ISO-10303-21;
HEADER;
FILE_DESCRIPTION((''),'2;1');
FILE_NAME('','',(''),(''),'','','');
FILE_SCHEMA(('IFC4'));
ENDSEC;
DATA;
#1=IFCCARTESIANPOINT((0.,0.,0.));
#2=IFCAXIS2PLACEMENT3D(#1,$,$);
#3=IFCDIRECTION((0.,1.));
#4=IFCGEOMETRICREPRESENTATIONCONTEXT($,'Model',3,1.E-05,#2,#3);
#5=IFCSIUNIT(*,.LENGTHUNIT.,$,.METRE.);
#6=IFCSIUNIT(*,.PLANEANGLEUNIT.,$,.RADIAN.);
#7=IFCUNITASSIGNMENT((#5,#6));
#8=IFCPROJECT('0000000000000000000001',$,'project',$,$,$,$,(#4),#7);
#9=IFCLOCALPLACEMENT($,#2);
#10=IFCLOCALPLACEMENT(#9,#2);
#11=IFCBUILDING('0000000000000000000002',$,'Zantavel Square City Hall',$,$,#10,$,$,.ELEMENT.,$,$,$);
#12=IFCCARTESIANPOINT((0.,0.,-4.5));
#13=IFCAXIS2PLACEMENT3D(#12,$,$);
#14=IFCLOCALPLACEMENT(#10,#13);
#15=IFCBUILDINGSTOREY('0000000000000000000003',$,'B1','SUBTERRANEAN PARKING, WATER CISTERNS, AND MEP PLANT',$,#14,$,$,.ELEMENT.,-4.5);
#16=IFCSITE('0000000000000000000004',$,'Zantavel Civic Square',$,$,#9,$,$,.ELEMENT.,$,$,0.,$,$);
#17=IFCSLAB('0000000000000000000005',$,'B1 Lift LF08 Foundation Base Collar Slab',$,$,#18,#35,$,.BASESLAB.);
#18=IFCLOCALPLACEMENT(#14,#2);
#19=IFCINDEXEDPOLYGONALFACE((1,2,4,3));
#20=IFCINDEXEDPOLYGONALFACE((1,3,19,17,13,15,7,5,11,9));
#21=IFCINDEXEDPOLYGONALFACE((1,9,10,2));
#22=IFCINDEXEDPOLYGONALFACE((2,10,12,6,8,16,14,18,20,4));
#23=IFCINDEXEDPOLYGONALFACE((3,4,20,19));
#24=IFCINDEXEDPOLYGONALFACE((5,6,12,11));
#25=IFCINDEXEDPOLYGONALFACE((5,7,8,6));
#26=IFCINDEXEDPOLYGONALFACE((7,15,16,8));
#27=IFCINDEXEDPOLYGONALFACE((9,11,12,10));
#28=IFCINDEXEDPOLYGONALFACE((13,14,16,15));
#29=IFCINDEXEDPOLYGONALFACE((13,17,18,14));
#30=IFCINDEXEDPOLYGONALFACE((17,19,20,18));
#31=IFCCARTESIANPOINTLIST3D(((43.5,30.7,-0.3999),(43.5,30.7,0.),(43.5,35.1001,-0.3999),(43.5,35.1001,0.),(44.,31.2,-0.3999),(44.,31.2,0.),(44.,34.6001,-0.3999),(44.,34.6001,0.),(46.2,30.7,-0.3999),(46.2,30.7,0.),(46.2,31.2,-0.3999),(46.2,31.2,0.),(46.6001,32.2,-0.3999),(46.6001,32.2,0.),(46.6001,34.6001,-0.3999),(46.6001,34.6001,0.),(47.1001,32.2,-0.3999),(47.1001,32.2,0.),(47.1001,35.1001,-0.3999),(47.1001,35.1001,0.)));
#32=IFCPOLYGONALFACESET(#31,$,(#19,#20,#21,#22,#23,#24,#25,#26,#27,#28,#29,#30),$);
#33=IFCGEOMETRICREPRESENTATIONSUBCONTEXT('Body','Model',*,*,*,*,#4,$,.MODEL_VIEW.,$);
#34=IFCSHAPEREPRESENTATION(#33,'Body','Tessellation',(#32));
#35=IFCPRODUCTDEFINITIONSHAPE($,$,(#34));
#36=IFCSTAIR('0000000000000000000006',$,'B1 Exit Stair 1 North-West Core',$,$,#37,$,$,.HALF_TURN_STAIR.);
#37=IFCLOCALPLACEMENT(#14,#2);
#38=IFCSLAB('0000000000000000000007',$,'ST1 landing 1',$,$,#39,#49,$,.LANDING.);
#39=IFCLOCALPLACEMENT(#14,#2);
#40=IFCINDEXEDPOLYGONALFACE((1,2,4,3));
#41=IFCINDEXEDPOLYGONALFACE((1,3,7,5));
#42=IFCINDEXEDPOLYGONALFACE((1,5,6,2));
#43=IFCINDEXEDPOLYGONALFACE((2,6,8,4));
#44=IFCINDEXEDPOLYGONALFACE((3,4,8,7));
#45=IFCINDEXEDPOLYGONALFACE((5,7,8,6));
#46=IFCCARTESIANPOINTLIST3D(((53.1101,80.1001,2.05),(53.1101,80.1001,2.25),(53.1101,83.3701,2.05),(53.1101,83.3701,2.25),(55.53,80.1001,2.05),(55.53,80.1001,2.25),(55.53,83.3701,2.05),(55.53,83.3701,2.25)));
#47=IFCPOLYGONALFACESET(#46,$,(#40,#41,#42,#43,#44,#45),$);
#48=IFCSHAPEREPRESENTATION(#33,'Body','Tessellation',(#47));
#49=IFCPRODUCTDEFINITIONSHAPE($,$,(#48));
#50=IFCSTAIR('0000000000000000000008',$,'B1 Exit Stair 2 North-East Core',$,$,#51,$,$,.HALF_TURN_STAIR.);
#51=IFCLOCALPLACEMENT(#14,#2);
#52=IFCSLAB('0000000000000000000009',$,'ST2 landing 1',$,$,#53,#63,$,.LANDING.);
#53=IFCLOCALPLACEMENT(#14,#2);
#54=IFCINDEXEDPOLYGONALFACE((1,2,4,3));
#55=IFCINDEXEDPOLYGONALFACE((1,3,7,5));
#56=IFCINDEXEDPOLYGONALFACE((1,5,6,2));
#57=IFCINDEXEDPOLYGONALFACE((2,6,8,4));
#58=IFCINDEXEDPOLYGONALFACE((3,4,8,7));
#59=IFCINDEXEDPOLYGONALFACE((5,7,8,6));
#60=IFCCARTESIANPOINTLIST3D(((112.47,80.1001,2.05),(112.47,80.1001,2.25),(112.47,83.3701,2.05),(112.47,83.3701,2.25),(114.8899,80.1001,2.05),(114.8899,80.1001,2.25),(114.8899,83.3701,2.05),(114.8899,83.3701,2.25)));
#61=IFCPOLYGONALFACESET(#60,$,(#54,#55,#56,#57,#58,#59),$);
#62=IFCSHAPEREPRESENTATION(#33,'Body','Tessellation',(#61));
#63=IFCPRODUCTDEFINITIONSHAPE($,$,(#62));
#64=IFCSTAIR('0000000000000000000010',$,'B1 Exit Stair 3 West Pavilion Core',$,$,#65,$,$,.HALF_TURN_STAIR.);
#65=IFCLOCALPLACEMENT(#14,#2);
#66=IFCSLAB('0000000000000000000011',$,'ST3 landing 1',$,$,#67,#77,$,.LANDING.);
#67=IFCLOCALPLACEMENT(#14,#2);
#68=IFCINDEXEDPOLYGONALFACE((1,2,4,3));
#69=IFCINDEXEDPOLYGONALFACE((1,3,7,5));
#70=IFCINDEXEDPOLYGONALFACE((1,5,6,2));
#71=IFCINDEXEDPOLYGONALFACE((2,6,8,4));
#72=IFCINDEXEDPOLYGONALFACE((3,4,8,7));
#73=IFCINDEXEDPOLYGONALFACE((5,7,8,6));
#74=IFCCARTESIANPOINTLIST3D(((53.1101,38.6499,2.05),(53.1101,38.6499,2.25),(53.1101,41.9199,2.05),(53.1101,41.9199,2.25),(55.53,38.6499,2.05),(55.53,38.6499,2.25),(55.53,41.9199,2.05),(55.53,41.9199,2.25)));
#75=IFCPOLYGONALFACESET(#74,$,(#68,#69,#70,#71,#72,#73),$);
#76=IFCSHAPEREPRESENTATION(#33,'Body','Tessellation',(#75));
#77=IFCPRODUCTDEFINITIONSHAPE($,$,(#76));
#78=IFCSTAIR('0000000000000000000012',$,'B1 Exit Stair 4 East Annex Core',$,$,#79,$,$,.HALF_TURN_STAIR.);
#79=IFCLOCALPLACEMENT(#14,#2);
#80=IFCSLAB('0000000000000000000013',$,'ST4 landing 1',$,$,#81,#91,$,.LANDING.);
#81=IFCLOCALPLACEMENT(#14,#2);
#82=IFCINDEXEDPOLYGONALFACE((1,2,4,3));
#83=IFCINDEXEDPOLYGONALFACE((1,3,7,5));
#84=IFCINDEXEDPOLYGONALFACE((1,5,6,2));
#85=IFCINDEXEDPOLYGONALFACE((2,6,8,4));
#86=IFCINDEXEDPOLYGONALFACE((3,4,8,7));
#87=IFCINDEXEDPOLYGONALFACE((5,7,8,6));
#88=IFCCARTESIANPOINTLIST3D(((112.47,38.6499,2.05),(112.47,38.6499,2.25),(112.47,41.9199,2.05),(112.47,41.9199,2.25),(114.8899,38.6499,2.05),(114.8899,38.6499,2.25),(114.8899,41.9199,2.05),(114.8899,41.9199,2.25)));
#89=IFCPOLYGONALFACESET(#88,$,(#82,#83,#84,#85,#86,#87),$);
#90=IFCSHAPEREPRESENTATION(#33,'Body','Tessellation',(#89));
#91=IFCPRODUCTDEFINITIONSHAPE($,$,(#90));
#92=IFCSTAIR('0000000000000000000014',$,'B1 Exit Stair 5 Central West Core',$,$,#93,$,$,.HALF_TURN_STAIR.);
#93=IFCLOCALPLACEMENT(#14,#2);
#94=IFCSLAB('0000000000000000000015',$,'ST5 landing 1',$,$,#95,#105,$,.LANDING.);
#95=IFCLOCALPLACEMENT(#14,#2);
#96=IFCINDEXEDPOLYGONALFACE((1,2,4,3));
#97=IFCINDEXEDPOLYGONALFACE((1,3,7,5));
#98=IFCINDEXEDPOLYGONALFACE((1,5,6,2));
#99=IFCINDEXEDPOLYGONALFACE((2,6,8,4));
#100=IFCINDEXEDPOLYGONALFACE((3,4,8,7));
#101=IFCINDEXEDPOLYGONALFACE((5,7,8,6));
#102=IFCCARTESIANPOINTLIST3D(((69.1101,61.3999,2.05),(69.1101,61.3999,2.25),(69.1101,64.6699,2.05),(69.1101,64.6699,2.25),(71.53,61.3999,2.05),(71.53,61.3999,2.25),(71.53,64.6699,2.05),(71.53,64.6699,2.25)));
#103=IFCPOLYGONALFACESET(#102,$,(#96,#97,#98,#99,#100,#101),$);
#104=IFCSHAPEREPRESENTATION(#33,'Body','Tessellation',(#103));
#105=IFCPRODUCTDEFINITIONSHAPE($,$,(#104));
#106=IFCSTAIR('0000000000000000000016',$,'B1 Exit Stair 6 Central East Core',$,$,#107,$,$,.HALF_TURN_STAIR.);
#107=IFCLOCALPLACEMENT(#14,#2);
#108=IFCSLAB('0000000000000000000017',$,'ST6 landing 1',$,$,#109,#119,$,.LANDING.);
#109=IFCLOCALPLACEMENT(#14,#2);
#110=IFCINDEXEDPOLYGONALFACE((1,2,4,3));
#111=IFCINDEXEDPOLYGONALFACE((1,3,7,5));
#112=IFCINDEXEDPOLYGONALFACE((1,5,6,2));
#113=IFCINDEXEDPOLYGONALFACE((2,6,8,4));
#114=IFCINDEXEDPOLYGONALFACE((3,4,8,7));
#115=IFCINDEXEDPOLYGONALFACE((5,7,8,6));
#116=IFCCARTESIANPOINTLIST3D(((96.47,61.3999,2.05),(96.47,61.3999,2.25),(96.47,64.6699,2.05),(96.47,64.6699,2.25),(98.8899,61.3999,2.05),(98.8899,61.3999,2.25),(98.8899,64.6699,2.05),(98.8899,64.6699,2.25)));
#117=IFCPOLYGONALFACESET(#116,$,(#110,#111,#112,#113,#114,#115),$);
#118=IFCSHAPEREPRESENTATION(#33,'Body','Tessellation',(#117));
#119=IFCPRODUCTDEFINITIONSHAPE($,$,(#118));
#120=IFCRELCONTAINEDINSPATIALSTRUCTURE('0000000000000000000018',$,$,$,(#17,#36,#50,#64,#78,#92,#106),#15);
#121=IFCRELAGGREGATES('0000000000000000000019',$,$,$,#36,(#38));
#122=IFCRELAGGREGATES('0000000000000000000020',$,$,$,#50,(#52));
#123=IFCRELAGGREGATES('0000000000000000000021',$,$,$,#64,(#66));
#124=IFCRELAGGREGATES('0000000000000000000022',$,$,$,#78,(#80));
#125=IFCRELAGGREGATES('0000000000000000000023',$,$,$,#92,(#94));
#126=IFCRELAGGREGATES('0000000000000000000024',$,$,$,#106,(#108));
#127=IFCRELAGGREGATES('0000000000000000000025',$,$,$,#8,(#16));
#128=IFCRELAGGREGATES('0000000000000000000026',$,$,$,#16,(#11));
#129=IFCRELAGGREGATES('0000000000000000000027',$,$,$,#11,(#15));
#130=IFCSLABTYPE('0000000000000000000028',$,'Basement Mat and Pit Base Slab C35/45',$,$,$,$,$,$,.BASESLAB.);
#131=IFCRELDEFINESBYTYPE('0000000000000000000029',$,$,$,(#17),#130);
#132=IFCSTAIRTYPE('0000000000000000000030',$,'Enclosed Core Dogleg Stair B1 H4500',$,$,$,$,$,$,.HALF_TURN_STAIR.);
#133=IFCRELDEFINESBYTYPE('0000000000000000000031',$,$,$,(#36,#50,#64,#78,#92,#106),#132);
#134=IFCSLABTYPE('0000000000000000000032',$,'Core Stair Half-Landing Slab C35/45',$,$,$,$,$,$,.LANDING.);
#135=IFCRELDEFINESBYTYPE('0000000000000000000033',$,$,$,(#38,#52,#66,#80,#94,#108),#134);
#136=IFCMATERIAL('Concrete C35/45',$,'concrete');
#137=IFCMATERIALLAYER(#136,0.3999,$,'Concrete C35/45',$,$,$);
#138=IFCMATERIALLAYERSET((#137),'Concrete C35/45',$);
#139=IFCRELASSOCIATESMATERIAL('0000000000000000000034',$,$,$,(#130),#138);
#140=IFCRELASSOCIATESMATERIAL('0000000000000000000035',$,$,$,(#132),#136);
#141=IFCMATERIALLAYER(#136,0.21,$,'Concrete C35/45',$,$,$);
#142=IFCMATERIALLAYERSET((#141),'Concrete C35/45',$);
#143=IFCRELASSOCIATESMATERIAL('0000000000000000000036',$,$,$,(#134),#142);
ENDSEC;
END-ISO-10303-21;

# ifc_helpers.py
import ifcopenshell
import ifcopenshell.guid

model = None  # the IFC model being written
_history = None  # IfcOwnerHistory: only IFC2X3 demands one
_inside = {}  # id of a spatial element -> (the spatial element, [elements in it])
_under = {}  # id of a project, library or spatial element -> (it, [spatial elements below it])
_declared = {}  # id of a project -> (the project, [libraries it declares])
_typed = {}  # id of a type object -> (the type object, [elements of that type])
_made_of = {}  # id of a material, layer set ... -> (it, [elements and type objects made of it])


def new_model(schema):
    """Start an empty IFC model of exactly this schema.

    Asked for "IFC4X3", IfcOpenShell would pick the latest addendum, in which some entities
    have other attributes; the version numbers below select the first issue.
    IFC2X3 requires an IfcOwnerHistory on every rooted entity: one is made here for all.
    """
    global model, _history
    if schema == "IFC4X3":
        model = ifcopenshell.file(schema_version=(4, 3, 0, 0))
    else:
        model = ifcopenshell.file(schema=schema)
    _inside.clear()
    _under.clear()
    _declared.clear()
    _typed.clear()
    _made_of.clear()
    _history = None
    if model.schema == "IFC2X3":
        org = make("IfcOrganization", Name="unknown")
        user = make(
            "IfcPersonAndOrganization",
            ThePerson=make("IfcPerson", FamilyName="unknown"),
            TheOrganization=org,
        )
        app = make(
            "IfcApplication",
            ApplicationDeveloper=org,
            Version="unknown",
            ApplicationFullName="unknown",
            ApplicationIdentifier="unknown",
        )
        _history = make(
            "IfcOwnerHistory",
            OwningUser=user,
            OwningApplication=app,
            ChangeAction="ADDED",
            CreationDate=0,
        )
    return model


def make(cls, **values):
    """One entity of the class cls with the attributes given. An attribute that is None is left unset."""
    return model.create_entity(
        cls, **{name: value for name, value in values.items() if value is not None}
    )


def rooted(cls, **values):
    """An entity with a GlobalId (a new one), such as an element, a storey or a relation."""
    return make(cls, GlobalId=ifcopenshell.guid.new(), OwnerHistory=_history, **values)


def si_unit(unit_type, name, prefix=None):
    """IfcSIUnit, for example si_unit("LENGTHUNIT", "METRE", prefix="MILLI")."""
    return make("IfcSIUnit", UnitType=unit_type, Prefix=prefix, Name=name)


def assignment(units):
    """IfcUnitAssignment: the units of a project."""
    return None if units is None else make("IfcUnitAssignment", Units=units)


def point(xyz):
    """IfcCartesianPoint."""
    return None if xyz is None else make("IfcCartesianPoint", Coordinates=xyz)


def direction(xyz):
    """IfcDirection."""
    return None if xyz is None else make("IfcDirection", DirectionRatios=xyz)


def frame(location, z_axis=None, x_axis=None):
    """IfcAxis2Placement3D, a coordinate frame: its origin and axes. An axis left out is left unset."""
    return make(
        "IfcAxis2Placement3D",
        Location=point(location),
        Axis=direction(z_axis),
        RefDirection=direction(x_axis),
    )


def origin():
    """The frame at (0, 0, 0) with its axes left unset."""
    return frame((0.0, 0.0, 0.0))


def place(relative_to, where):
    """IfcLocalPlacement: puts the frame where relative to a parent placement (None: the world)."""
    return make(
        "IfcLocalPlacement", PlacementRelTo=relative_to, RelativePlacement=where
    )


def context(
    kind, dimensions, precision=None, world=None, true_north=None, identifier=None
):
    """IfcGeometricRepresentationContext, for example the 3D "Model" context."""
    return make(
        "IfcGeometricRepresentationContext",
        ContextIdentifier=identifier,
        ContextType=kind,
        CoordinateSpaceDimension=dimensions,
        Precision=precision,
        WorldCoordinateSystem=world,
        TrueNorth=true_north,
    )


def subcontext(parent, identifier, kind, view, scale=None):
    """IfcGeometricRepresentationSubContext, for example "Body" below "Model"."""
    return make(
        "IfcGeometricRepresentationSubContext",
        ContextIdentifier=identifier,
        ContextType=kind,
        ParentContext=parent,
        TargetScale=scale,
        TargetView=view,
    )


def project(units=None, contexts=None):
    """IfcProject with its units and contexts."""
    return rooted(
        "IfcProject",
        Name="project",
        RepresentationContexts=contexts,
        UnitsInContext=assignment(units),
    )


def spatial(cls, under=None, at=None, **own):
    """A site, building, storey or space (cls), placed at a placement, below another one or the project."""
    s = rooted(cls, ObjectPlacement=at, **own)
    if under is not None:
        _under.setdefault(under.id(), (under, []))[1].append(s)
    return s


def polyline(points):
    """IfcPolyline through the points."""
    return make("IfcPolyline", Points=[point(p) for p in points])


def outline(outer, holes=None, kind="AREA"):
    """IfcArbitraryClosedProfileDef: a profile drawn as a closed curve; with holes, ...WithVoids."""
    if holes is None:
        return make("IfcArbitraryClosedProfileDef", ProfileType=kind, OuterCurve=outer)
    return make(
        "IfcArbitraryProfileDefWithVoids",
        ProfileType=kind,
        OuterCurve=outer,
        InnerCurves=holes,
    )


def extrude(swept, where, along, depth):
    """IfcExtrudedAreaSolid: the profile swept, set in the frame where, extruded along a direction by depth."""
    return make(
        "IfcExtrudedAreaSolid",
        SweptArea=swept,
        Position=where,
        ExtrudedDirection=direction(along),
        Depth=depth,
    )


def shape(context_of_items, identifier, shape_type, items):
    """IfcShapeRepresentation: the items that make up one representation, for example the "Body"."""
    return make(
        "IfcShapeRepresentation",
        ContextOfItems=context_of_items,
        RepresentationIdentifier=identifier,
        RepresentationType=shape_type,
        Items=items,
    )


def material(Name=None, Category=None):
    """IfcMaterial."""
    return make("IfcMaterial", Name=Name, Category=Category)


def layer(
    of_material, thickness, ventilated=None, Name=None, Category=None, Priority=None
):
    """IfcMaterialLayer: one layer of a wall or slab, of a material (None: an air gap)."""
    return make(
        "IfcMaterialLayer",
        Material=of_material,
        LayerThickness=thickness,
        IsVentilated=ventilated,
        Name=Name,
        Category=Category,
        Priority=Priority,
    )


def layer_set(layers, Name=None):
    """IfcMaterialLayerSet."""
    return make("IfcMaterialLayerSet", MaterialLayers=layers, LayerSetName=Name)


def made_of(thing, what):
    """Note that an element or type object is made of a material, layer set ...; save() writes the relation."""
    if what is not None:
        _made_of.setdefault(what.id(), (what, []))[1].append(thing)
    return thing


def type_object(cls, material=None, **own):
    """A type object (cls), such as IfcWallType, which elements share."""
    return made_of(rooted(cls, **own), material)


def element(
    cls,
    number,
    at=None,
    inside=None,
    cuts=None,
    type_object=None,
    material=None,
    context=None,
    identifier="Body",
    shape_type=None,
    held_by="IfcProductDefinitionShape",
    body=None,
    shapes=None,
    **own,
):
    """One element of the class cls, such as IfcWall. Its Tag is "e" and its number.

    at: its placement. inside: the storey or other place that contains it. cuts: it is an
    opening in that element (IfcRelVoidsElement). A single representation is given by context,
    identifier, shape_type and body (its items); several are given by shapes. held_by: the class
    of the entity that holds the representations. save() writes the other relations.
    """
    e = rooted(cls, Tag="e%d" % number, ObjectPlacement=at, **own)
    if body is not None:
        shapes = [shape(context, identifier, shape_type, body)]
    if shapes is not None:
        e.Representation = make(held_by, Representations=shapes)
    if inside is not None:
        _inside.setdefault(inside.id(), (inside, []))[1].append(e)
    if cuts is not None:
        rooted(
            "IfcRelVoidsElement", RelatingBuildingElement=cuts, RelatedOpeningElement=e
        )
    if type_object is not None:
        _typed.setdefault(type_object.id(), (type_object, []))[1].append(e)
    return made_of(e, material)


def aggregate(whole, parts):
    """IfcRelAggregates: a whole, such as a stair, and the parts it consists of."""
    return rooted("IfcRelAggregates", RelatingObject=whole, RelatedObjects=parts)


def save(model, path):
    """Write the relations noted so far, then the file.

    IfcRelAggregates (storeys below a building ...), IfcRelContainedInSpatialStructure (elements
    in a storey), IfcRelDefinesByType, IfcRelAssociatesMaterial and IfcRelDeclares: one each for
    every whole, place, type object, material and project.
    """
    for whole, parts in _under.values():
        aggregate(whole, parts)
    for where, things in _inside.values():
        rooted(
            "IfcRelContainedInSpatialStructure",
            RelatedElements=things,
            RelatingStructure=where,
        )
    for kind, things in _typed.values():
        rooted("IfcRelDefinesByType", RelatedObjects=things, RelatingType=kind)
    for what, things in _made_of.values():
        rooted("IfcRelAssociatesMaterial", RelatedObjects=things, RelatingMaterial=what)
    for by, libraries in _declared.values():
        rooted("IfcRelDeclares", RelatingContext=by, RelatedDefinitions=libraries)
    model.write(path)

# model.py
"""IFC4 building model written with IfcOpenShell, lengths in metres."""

from ifc_helpers import new_model, si_unit, direction, frame, origin, place, context, subcontext, project, spatial, polyline, outline, extrude, material, layer, layer_set, type_object, element, aggregate, save


model = new_model("IFC4")

# Units and contexts
model_context = context("Model", 3, precision=1e-05, world=origin(), true_north=direction((0.0, 1.0)))
body_context = subcontext(model_context, "Body", "Model", "MODEL_VIEW")
ifc_project = project(units=[si_unit("LENGTHUNIT", "METRE"), si_unit("PLANEANGLEUNIT", "RADIAN")], contexts=[model_context])

# Site, building, storey
site_placement = place(None, origin())
site = spatial("IfcSite", under=ifc_project, at=site_placement, Name="Zantavel Civic Square", CompositionType="ELEMENT", RefElevation=0.0)
building_placement = place(site_placement, origin())
building = spatial("IfcBuilding", under=site, at=building_placement, Name="Zantavel Square City Hall", CompositionType="ELEMENT")
storey_placement = place(building_placement, frame((0.0, 0.0, -4.5)))
storey = spatial("IfcBuildingStorey", under=building, at=storey_placement, Name="B1", Description="SUBTERRANEAN PARKING, WATER CISTERNS, AND MEP PLANT", CompositionType="ELEMENT", Elevation=-4.5)

# Shared definitions
ifc_material_1 = material(Name="Concrete C35/45", Category="concrete")

# Slab
ifc_layer_1 = layer(ifc_material_1, 0.3999, Name="Concrete C35/45")
ifc_layer_set_1 = layer_set([ifc_layer_1], Name="Concrete C35/45")
slab_type_1 = type_object("IfcSlabType", Name="Basement Mat and Pit Base Slab C35/45", PredefinedType="BASESLAB", material=ifc_layer_set_1)
slab_1_placement = place(storey_placement, frame((0.0, 0.0, -0.3999)))
element("IfcSlab", 1, at=slab_1_placement, inside=storey, type_object=slab_type_1, Name="B1 Lift LF08 Foundation Base Collar Slab", PredefinedType="BASESLAB", context=body_context, shape_type="SweptSolid", body=[
    extrude(outline(polyline([(47.1001, 35.1001), (47.1001, 32.2), (46.6001, 32.2), (46.6001, 34.6001), (44.0, 34.6001), (44.0, 31.2), (46.2, 31.2), (46.2, 30.7), (43.5, 30.7), (43.5, 35.1001), (47.1001, 35.1001)])), origin(), (0.0, 0.0, 1.0), 0.3999),
])

# Stairs, slabs
stair_type = type_object("IfcStairType", Name="Enclosed Core Dogleg Stair B1 H4500", PredefinedType="HALF_TURN_STAIR", material=ifc_material_1)
stair_1_placement = place(storey_placement, origin())
stair_1 = element("IfcStair", 2, at=stair_1_placement, inside=storey, type_object=stair_type, Name="B1 Exit Stair 1 North-West Core", PredefinedType="HALF_TURN_STAIR")
ifc_layer_2 = layer(ifc_material_1, 0.21, Name="Concrete C35/45")
ifc_layer_set_2 = layer_set([ifc_layer_2], Name="Concrete C35/45")
slab_type_2 = type_object("IfcSlabType", Name="Core Stair Half-Landing Slab C35/45", PredefinedType="LANDING", material=ifc_layer_set_2)
slab_2_placement = place(storey_placement, frame((0.0, 0.0, 2.05)))
slab_2 = element("IfcSlab", 3, at=slab_2_placement, type_object=slab_type_2, Name="ST1 landing 1", PredefinedType="LANDING", context=body_context, shape_type="SweptSolid", body=[
    extrude(outline(polyline([(53.1101, 80.1001), (55.53, 80.1001), (55.53, 83.3701), (53.1101, 83.3701), (53.1101, 80.1001)])), origin(), (0.0, 0.0, 1.0), 0.2),
])
aggregate(stair_1, [slab_2])
stair_2_placement = place(storey_placement, origin())
stair_2 = element("IfcStair", 4, at=stair_2_placement, inside=storey, type_object=stair_type, Name="B1 Exit Stair 2 North-East Core", PredefinedType="HALF_TURN_STAIR")
slab_3_placement = place(storey_placement, frame((0.0, 0.0, 2.05)))
slab_3 = element("IfcSlab", 5, at=slab_3_placement, type_object=slab_type_2, Name="ST2 landing 1", PredefinedType="LANDING", context=body_context, shape_type="SweptSolid", body=[
    extrude(outline(polyline([(114.8899, 83.3701), (112.47, 83.3701), (112.47, 80.1001), (114.8899, 80.1001), (114.8899, 83.3701)])), origin(), (0.0, 0.0, 1.0), 0.2),
])
aggregate(stair_2, [slab_3])
stair_3_placement = place(storey_placement, origin())
stair_3 = element("IfcStair", 6, at=stair_3_placement, inside=storey, type_object=stair_type, Name="B1 Exit Stair 3 West Pavilion Core", PredefinedType="HALF_TURN_STAIR")
slab_4_placement = place(storey_placement, frame((0.0, 0.0, 2.05)))
slab_4 = element("IfcSlab", 7, at=slab_4_placement, type_object=slab_type_2, Name="ST3 landing 1", PredefinedType="LANDING", context=body_context, shape_type="SweptSolid", body=[
    extrude(outline(polyline([(53.1101, 38.6499), (55.53, 38.6499), (55.53, 41.9199), (53.1101, 41.9199), (53.1101, 38.6499)])), origin(), (0.0, 0.0, 1.0), 0.2),
])
aggregate(stair_3, [slab_4])
stair_4_placement = place(storey_placement, origin())
stair_4 = element("IfcStair", 8, at=stair_4_placement, inside=storey, type_object=stair_type, Name="B1 Exit Stair 4 East Annex Core", PredefinedType="HALF_TURN_STAIR")
slab_5_placement = place(storey_placement, frame((0.0, 0.0, 2.05)))
slab_5 = element("IfcSlab", 9, at=slab_5_placement, type_object=slab_type_2, Name="ST4 landing 1", PredefinedType="LANDING", context=body_context, shape_type="SweptSolid", body=[
    extrude(outline(polyline([(114.8899, 41.9199), (112.47, 41.9199), (112.47, 38.6499), (114.8899, 38.6499), (114.8899, 41.9199)])), origin(), (0.0, 0.0, 1.0), 0.2),
])
aggregate(stair_4, [slab_5])
stair_5_placement = place(storey_placement, origin())
stair_5 = element("IfcStair", 10, at=stair_5_placement, inside=storey, type_object=stair_type, Name="B1 Exit Stair 5 Central West Core", PredefinedType="HALF_TURN_STAIR")
slab_6_placement = place(storey_placement, frame((0.0, 0.0, 2.05)))
slab_6 = element("IfcSlab", 11, at=slab_6_placement, type_object=slab_type_2, Name="ST5 landing 1", PredefinedType="LANDING", context=body_context, shape_type="SweptSolid", body=[
    extrude(outline(polyline([(69.1101, 61.3999), (71.53, 61.3999), (71.53, 64.6699), (69.1101, 64.6699), (69.1101, 61.3999)])), origin(), (0.0, 0.0, 1.0), 0.2),
])
aggregate(stair_5, [slab_6])
stair_6_placement = place(storey_placement, origin())
stair_6 = element("IfcStair", 12, at=stair_6_placement, inside=storey, type_object=stair_type, Name="B1 Exit Stair 6 Central East Core", PredefinedType="HALF_TURN_STAIR")
slab_7_placement = place(storey_placement, frame((0.0, 0.0, 2.05)))
slab_7 = element("IfcSlab", 13, at=slab_7_placement, type_object=slab_type_2, Name="ST6 landing 1", PredefinedType="LANDING", context=body_context, shape_type="SweptSolid", body=[
    extrude(outline(polyline([(98.8899, 64.6699), (96.47, 64.6699), (96.47, 61.3999), (98.8899, 61.3999), (98.8899, 64.6699)])), origin(), (0.0, 0.0, 1.0), 0.2),
])
aggregate(stair_6, [slab_7])

save(model, "model.ifc")
